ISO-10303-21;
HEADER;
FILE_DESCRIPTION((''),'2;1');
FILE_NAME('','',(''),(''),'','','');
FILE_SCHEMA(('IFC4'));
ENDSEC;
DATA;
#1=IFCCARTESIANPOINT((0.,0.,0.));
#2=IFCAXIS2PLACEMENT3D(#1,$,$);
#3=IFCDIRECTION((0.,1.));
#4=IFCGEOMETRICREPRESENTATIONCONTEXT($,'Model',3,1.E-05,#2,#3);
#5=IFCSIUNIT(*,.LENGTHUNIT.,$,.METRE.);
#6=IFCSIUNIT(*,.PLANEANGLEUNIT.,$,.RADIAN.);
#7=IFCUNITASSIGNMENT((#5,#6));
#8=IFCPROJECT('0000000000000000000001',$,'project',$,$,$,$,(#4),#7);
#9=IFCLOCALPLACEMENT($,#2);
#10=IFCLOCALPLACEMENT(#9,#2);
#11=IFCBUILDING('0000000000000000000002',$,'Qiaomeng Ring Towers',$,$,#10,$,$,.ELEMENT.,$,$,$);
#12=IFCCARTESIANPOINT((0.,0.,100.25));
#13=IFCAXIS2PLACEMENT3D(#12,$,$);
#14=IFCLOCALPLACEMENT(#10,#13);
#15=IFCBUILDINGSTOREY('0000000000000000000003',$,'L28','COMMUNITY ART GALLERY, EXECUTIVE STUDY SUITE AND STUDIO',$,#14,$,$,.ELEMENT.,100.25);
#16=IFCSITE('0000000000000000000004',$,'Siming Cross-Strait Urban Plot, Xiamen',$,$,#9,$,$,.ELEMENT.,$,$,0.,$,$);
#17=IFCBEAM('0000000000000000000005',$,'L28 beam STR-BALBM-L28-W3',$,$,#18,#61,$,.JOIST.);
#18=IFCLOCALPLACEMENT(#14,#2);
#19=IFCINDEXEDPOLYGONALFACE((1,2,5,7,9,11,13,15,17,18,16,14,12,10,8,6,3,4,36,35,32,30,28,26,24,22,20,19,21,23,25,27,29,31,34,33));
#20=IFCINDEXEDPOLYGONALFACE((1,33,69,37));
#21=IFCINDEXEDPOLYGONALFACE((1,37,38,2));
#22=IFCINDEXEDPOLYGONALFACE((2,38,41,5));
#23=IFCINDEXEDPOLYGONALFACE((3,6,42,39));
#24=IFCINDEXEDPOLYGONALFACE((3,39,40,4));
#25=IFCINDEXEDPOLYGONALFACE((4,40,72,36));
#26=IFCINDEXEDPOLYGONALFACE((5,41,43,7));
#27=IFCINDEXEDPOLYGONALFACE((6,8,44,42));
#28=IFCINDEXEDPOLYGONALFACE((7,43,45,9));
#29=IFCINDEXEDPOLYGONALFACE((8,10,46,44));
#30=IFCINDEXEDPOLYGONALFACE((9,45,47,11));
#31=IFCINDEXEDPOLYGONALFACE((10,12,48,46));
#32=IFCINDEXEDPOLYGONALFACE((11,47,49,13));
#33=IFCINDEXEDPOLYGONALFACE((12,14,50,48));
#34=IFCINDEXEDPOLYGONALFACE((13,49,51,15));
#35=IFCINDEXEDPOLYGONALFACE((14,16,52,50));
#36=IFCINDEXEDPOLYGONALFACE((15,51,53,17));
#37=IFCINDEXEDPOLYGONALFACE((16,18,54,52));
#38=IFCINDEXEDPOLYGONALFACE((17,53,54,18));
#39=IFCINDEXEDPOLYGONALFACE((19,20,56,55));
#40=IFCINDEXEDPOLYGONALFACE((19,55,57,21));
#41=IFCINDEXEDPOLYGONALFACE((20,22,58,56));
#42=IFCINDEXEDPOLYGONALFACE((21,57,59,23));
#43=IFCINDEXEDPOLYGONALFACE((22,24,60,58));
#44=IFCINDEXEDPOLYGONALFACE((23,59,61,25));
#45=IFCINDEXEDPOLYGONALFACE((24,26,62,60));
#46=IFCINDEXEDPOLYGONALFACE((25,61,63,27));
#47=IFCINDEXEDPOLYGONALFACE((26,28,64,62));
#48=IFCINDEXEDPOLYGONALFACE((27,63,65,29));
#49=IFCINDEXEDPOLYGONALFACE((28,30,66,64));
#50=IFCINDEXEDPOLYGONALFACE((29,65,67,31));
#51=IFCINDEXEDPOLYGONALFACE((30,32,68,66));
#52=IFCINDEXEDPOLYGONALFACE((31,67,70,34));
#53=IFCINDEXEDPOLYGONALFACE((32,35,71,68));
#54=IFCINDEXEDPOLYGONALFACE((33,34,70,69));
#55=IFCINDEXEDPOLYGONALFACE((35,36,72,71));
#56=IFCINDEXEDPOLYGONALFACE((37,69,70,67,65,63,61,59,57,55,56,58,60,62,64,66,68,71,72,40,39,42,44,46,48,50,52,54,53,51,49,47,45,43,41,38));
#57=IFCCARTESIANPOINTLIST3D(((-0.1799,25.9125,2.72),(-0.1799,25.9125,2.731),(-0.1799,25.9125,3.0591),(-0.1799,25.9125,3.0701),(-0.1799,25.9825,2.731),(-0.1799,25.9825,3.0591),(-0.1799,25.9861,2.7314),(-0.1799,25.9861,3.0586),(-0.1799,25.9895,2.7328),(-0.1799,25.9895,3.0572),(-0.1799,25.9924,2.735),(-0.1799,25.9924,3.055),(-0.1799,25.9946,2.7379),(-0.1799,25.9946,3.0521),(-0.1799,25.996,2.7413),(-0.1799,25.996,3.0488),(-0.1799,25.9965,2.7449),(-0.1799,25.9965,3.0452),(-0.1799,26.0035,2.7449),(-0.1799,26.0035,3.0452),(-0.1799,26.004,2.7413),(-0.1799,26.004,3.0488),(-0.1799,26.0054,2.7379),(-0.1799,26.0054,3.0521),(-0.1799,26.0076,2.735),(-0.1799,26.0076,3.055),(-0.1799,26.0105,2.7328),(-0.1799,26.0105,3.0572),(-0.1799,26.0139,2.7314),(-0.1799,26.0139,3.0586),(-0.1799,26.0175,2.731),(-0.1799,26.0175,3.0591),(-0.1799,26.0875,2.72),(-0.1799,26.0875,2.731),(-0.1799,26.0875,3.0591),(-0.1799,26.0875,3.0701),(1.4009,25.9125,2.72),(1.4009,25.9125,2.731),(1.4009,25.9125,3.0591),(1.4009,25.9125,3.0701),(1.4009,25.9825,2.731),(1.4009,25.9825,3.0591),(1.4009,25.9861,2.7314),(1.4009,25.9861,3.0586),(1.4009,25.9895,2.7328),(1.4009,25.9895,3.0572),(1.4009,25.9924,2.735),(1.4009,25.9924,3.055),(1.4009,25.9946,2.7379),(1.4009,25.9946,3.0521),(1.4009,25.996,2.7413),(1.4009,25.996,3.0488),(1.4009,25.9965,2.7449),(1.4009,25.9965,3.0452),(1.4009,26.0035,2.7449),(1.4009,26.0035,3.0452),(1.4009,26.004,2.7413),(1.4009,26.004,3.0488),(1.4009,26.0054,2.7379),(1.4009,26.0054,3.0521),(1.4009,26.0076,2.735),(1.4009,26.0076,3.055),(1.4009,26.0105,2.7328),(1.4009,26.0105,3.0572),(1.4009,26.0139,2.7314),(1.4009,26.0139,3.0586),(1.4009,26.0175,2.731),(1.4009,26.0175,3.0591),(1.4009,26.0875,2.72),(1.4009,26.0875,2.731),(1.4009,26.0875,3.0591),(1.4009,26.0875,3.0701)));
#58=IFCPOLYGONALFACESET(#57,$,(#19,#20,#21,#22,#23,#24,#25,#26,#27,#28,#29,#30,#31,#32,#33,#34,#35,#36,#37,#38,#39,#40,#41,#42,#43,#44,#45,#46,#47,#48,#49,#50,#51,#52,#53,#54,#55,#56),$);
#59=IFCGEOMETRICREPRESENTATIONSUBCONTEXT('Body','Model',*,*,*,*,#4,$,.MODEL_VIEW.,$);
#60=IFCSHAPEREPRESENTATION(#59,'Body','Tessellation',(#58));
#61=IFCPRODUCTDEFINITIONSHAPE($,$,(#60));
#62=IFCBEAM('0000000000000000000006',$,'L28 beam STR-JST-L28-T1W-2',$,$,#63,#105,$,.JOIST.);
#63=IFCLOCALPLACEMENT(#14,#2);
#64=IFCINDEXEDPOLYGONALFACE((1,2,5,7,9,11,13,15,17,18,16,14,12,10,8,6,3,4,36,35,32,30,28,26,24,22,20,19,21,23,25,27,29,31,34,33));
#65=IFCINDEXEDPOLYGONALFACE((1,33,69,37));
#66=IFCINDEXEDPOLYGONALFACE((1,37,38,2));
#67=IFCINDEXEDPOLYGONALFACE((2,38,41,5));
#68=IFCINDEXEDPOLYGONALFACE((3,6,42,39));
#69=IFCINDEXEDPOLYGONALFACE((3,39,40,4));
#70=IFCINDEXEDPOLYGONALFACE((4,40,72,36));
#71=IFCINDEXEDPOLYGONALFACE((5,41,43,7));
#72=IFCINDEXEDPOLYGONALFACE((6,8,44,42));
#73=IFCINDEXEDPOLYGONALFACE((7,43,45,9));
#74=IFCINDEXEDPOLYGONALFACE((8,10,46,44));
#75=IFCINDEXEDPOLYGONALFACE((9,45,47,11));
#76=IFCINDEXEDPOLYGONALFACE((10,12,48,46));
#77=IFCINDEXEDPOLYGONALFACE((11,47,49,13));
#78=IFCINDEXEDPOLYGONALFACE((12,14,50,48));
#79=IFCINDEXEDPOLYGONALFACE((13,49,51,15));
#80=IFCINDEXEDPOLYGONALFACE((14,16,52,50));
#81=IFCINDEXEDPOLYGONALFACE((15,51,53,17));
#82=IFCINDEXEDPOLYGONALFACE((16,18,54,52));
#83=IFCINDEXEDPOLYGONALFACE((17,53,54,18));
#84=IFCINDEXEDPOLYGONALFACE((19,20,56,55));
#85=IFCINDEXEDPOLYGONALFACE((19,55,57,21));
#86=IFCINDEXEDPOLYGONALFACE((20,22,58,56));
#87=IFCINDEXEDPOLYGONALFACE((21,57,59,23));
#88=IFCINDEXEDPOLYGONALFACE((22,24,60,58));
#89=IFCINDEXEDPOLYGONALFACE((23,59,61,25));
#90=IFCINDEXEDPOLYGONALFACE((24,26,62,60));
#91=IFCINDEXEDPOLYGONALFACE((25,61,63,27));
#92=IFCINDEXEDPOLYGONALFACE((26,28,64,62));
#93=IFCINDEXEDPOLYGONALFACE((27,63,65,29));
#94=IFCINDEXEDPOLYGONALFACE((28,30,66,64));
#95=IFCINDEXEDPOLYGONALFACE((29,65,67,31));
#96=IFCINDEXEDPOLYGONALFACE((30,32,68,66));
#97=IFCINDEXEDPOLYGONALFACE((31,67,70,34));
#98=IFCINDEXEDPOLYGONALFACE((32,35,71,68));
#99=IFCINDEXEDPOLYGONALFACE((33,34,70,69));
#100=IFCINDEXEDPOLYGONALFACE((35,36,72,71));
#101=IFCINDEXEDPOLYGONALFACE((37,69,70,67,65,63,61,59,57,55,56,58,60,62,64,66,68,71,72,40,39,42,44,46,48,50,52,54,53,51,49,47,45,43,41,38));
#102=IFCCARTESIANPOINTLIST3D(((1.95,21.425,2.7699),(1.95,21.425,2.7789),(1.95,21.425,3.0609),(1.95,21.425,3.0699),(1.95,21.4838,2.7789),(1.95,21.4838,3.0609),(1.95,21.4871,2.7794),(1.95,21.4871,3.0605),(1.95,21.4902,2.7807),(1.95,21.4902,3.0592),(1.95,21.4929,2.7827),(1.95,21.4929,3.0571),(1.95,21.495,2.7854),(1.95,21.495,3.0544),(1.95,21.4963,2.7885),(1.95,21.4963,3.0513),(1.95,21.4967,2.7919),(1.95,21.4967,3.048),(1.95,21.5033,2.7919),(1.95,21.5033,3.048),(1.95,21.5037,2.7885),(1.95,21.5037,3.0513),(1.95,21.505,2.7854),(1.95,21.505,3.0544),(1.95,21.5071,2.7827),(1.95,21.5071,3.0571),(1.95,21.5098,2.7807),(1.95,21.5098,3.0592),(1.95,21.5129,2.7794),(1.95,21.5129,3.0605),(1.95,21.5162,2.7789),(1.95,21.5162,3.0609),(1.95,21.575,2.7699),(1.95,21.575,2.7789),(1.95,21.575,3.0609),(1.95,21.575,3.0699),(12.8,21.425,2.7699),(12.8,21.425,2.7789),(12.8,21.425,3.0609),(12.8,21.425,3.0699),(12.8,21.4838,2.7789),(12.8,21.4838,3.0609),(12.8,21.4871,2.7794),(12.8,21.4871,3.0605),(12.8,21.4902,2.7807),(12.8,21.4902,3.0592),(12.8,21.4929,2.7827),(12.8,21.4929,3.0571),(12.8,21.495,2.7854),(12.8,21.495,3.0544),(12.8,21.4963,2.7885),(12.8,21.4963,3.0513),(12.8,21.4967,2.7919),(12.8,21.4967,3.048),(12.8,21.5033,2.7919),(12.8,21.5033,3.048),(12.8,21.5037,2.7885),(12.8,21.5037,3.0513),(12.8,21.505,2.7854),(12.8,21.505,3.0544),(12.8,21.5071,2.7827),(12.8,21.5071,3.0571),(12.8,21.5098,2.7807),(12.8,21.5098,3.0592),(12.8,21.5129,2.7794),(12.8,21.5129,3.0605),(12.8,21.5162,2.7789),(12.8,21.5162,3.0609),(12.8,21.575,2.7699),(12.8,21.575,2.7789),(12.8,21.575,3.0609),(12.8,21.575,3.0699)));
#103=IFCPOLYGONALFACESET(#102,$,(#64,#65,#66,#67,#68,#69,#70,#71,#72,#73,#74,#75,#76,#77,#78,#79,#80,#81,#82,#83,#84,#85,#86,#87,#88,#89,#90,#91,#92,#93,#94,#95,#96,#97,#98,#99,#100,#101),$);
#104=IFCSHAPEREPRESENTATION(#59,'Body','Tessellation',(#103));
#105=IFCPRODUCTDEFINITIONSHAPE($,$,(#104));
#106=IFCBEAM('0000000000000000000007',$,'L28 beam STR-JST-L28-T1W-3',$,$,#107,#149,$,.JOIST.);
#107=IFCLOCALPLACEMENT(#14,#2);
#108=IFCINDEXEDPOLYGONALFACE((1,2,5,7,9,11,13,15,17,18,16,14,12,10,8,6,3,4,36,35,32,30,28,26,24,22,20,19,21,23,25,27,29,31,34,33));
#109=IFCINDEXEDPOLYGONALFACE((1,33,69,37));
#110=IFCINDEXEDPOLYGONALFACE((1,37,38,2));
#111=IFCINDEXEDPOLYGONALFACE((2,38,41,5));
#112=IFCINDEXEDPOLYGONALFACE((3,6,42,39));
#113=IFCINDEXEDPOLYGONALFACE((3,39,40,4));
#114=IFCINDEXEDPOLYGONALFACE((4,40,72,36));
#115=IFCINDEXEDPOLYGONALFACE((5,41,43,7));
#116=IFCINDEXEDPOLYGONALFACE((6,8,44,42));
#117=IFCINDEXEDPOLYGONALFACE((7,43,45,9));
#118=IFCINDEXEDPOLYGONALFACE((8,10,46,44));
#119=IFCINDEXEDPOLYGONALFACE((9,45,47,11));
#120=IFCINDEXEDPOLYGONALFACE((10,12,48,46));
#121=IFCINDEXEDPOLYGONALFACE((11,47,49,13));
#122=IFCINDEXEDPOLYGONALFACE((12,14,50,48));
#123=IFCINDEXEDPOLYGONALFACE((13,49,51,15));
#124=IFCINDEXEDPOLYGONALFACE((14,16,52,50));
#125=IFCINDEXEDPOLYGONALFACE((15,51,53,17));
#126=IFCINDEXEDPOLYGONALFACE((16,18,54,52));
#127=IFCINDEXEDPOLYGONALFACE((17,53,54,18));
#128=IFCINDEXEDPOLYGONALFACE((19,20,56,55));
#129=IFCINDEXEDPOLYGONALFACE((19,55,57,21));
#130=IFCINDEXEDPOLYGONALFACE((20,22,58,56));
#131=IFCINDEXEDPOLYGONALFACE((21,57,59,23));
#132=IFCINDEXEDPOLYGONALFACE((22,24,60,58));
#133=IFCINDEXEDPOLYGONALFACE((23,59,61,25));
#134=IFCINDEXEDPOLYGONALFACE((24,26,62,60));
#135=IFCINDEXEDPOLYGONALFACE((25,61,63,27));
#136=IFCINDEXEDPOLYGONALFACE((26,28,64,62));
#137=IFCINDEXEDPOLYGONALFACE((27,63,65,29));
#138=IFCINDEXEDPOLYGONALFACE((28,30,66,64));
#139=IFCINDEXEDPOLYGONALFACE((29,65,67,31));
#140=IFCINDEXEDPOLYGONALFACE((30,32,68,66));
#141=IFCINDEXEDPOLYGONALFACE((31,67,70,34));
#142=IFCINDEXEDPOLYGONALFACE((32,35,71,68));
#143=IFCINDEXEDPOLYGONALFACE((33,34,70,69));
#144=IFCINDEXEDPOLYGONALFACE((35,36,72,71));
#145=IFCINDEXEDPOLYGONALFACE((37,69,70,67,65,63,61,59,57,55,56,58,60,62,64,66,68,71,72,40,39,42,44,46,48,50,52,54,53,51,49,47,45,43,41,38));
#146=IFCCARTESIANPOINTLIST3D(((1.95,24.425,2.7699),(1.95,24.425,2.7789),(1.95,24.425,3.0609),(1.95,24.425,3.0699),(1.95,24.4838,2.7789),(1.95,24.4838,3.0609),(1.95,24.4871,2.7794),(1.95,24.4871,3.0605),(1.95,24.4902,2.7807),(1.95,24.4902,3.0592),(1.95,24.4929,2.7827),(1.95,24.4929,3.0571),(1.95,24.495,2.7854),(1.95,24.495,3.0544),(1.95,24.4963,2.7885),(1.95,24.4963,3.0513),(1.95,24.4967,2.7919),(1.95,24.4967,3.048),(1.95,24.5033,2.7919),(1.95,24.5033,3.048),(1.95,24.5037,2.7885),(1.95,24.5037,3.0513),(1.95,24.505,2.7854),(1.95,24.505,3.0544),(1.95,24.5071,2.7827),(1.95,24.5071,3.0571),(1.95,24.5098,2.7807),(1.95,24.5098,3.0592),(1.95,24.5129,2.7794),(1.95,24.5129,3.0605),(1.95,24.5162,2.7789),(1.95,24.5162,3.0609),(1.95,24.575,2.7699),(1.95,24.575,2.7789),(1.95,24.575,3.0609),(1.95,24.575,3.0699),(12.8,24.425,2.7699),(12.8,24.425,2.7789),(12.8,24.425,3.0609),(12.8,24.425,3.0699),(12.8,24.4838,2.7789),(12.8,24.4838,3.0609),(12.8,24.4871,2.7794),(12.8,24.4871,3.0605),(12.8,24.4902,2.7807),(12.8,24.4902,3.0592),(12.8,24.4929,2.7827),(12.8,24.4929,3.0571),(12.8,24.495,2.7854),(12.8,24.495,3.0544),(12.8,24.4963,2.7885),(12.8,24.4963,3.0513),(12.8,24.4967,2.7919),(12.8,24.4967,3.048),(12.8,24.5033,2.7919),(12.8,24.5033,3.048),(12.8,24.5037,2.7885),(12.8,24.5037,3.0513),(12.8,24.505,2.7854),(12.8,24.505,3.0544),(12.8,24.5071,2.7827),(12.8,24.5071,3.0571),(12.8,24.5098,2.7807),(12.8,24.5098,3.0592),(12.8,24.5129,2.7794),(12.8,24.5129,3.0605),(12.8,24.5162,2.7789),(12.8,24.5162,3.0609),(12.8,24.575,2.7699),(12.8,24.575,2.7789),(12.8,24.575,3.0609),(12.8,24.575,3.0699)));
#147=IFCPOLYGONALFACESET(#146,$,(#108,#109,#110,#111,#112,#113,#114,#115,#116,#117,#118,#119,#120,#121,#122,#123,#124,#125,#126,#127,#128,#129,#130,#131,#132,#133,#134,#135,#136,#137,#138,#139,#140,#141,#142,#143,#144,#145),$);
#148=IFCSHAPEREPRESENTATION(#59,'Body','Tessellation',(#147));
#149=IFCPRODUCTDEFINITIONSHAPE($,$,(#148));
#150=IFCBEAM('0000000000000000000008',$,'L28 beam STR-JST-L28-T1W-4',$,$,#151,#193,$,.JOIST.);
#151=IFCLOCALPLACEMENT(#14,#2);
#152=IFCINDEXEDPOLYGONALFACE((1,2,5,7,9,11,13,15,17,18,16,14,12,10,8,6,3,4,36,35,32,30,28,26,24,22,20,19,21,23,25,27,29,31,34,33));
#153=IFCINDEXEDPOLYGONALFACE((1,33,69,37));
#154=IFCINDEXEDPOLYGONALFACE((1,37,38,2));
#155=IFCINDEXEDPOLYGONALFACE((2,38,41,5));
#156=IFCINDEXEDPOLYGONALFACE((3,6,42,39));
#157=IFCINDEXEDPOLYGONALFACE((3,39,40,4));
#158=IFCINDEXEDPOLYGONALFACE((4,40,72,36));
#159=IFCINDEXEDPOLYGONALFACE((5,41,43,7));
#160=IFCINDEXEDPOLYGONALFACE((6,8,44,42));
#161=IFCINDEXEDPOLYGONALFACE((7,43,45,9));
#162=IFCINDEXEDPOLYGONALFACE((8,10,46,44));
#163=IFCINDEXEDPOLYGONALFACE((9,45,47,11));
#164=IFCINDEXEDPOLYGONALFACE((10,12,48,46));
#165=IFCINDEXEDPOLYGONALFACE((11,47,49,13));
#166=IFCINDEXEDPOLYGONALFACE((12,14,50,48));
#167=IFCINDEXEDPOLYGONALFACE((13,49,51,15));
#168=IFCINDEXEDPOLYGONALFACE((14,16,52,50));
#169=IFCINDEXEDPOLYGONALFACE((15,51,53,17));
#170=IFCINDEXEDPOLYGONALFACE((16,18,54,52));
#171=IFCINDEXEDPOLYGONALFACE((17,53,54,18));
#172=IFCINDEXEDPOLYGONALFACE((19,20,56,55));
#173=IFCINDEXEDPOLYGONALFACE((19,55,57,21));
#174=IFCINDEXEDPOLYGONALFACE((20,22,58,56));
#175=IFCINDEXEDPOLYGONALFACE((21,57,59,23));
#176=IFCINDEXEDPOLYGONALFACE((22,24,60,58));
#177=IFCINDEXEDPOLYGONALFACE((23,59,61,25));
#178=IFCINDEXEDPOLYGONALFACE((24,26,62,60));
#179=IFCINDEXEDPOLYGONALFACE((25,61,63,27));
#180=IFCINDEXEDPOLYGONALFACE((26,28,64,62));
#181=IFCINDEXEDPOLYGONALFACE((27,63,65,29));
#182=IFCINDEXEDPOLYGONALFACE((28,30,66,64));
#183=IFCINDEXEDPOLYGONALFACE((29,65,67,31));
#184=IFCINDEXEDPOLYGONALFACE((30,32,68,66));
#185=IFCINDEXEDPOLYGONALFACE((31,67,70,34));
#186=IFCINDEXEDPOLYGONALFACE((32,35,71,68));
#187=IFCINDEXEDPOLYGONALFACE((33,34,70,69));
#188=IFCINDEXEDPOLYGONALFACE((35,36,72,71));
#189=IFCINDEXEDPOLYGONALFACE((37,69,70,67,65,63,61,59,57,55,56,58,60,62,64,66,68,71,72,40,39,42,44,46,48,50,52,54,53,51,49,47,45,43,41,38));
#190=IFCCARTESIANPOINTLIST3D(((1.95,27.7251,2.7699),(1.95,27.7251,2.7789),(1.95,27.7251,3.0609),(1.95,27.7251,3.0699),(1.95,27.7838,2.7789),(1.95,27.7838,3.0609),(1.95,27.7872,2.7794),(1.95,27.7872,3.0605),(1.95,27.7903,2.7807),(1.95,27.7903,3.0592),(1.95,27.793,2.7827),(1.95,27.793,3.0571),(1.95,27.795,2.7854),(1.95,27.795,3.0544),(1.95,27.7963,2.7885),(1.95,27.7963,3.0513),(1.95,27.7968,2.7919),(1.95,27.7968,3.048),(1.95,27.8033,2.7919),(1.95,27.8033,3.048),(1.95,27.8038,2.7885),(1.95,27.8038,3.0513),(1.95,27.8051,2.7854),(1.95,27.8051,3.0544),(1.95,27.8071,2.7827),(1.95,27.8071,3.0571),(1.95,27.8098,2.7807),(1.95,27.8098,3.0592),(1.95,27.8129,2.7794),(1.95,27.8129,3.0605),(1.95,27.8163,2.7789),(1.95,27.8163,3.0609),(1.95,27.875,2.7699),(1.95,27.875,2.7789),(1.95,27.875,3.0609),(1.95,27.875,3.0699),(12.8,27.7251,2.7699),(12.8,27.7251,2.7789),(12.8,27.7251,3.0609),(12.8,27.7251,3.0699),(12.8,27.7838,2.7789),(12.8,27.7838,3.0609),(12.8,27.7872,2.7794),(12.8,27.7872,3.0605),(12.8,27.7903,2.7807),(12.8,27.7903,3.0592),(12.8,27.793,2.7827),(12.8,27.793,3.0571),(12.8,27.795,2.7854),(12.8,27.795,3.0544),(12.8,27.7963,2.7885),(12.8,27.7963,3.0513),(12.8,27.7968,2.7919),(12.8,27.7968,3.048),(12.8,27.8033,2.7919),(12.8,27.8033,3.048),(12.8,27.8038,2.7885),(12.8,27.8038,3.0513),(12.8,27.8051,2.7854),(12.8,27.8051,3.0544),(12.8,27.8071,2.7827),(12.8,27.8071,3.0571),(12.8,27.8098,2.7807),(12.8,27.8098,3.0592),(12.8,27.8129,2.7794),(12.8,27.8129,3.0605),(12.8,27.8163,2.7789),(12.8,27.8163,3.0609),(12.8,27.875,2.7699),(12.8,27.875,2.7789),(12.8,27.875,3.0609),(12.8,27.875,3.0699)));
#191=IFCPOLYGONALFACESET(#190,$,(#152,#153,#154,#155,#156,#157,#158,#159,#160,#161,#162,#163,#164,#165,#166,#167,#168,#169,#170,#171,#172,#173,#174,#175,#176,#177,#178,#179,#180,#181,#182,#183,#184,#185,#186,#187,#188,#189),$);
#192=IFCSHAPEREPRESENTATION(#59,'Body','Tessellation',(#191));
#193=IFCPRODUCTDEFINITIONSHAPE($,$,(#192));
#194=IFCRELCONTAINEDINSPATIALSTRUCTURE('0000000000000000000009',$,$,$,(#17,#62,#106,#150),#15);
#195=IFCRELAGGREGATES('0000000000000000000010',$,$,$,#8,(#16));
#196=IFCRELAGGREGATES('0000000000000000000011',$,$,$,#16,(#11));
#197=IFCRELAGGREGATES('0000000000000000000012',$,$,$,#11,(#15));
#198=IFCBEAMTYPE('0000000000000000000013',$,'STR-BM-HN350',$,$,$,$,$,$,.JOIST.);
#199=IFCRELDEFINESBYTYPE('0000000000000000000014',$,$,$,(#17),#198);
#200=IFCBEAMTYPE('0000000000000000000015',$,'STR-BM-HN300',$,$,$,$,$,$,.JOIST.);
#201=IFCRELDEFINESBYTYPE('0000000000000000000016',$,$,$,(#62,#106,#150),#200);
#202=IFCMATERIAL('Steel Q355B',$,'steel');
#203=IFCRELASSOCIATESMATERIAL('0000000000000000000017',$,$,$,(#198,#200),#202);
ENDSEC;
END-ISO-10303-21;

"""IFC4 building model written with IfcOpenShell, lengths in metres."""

from ifc_helpers import new_model, si_unit, direction, frame, origin, origin_2d, place, context, subcontext, project, spatial, i_section, extrude, source, transform, mapped, material, material_profile, profile_set, type_object, element, save


model = new_model("IFC4")

# Units and contexts
model_context = context("Model", 3, precision=1e-05, world=origin(), true_north=direction((0.0, 1.0)))
body_context = subcontext(model_context, "Body", "Model", "MODEL_VIEW")
ifc_project = project(units=[si_unit("LENGTHUNIT", "METRE"), si_unit("PLANEANGLEUNIT", "RADIAN")], contexts=[model_context])

# Site, building, storey
site_placement = place(None, origin())
site = spatial("IfcSite", under=ifc_project, at=site_placement, Name="Siming Cross-Strait Urban Plot, Xiamen", CompositionType="ELEMENT", RefElevation=0.0)
building_placement = place(site_placement, origin())
building = spatial("IfcBuilding", under=site, at=building_placement, Name="Qiaomeng Ring Towers", CompositionType="ELEMENT")
storey_placement = place(building_placement, frame((0.0, 0.0, 100.25)))
storey = spatial("IfcBuildingStorey", under=building, at=storey_placement, Name="L28", Description="COMMUNITY ART GALLERY, EXECUTIVE STUDY SUITE AND STUDIO", CompositionType="ELEMENT", Elevation=100.25)

# Beams
ifc_material_1 = material(Name="Steel Q355B", Category="steel")
ifc_material_profile_1 = material_profile(ifc_material_1, i_section(OverallWidth=0.175, OverallDepth=0.3501, WebThickness=0.0071, FlangeThickness=0.011, FilletRadius=0.0139, at=origin_2d()), Name="HN 350x175x7x11")
ifc_profile_set_1 = profile_set([ifc_material_profile_1], Name="Steel Q355B")
beam_type_1 = type_object("IfcBeamType", Name="STR-BM-HN350", PredefinedType="JOIST", material=ifc_profile_set_1)
shared_shape_1 = source(origin(), body_context, "Body", "SweptSolid", [
    extrude(i_section(OverallWidth=0.175, OverallDepth=0.3501, WebThickness=0.0071, FlangeThickness=0.011, FilletRadius=0.0139, at=origin_2d()), origin(), (0.0, 0.0, 1.0), 1.5808),
])
beam_1_placement = place(storey_placement, frame((-0.1799, 26.0, 2.895), z_axis=(1.0, 0.0, 0.0), x_axis=(0.0, 1.0, 0.0)))
element("IfcBeam", 1, at=beam_1_placement, inside=storey, type_object=beam_type_1, Name="L28 beam STR-BALBM-L28-W3", PredefinedType="JOIST", context=body_context, shape_type="MappedRepresentation", body=[
    mapped(shared_shape_1, transform((0.0, 0.0, 0.0), x_axis=(1.0, 0.0, 0.0), y_axis=(0.0, 1.0, 0.0), z_axis=(0.0, 0.0, 1.0), scale=1.0)),
])
ifc_material_profile_2 = material_profile(ifc_material_1, i_section(OverallWidth=0.1499, OverallDepth=0.3, WebThickness=0.0066, FlangeThickness=0.009, FilletRadius=0.0129, at=origin_2d()), Name="HN 300x150x6.5x9")
ifc_profile_set_2 = profile_set([ifc_material_profile_2], Name="Steel Q355B")
beam_type_2 = type_object("IfcBeamType", Name="STR-BM-HN300", PredefinedType="JOIST", material=ifc_profile_set_2)
shared_shape_2 = source(origin(), body_context, "Body", "SweptSolid", [
    extrude(i_section(OverallWidth=0.1499, OverallDepth=0.3, WebThickness=0.0066, FlangeThickness=0.009, FilletRadius=0.0129, at=origin_2d()), origin(), (0.0, 0.0, 1.0), 10.8501),
])
for number, where, z_axis, x_axis, name in (
    (2, (1.95, 21.5, 2.9199), (1.0, 0.0, 0.0), (0.0, 1.0, 0.0), "L28 beam STR-JST-L28-T1W-2"),
    (3, (1.95, 24.5, 2.9199), (1.0, 0.0, 0.0), (0.0, 1.0, 0.0), "L28 beam STR-JST-L28-T1W-3"),
    (4, (1.95, 27.8, 2.9199), (1.0, 0.0, 0.0), (0.0, 1.0, 0.0), "L28 beam STR-JST-L28-T1W-4"),
):
    element("IfcBeam", number, at=place(storey_placement, frame(where, z_axis=z_axis, x_axis=x_axis)), inside=storey, type_object=beam_type_2, Name=name, PredefinedType="JOIST", context=body_context, shape_type="MappedRepresentation", body=[
        mapped(shared_shape_2, transform((0.0, 0.0, 0.0), x_axis=(1.0, 0.0, 0.0), y_axis=(0.0, 1.0, 0.0), z_axis=(0.0, 0.0, 1.0), scale=1.0)),
    ])

save(model, "model.ifc")
